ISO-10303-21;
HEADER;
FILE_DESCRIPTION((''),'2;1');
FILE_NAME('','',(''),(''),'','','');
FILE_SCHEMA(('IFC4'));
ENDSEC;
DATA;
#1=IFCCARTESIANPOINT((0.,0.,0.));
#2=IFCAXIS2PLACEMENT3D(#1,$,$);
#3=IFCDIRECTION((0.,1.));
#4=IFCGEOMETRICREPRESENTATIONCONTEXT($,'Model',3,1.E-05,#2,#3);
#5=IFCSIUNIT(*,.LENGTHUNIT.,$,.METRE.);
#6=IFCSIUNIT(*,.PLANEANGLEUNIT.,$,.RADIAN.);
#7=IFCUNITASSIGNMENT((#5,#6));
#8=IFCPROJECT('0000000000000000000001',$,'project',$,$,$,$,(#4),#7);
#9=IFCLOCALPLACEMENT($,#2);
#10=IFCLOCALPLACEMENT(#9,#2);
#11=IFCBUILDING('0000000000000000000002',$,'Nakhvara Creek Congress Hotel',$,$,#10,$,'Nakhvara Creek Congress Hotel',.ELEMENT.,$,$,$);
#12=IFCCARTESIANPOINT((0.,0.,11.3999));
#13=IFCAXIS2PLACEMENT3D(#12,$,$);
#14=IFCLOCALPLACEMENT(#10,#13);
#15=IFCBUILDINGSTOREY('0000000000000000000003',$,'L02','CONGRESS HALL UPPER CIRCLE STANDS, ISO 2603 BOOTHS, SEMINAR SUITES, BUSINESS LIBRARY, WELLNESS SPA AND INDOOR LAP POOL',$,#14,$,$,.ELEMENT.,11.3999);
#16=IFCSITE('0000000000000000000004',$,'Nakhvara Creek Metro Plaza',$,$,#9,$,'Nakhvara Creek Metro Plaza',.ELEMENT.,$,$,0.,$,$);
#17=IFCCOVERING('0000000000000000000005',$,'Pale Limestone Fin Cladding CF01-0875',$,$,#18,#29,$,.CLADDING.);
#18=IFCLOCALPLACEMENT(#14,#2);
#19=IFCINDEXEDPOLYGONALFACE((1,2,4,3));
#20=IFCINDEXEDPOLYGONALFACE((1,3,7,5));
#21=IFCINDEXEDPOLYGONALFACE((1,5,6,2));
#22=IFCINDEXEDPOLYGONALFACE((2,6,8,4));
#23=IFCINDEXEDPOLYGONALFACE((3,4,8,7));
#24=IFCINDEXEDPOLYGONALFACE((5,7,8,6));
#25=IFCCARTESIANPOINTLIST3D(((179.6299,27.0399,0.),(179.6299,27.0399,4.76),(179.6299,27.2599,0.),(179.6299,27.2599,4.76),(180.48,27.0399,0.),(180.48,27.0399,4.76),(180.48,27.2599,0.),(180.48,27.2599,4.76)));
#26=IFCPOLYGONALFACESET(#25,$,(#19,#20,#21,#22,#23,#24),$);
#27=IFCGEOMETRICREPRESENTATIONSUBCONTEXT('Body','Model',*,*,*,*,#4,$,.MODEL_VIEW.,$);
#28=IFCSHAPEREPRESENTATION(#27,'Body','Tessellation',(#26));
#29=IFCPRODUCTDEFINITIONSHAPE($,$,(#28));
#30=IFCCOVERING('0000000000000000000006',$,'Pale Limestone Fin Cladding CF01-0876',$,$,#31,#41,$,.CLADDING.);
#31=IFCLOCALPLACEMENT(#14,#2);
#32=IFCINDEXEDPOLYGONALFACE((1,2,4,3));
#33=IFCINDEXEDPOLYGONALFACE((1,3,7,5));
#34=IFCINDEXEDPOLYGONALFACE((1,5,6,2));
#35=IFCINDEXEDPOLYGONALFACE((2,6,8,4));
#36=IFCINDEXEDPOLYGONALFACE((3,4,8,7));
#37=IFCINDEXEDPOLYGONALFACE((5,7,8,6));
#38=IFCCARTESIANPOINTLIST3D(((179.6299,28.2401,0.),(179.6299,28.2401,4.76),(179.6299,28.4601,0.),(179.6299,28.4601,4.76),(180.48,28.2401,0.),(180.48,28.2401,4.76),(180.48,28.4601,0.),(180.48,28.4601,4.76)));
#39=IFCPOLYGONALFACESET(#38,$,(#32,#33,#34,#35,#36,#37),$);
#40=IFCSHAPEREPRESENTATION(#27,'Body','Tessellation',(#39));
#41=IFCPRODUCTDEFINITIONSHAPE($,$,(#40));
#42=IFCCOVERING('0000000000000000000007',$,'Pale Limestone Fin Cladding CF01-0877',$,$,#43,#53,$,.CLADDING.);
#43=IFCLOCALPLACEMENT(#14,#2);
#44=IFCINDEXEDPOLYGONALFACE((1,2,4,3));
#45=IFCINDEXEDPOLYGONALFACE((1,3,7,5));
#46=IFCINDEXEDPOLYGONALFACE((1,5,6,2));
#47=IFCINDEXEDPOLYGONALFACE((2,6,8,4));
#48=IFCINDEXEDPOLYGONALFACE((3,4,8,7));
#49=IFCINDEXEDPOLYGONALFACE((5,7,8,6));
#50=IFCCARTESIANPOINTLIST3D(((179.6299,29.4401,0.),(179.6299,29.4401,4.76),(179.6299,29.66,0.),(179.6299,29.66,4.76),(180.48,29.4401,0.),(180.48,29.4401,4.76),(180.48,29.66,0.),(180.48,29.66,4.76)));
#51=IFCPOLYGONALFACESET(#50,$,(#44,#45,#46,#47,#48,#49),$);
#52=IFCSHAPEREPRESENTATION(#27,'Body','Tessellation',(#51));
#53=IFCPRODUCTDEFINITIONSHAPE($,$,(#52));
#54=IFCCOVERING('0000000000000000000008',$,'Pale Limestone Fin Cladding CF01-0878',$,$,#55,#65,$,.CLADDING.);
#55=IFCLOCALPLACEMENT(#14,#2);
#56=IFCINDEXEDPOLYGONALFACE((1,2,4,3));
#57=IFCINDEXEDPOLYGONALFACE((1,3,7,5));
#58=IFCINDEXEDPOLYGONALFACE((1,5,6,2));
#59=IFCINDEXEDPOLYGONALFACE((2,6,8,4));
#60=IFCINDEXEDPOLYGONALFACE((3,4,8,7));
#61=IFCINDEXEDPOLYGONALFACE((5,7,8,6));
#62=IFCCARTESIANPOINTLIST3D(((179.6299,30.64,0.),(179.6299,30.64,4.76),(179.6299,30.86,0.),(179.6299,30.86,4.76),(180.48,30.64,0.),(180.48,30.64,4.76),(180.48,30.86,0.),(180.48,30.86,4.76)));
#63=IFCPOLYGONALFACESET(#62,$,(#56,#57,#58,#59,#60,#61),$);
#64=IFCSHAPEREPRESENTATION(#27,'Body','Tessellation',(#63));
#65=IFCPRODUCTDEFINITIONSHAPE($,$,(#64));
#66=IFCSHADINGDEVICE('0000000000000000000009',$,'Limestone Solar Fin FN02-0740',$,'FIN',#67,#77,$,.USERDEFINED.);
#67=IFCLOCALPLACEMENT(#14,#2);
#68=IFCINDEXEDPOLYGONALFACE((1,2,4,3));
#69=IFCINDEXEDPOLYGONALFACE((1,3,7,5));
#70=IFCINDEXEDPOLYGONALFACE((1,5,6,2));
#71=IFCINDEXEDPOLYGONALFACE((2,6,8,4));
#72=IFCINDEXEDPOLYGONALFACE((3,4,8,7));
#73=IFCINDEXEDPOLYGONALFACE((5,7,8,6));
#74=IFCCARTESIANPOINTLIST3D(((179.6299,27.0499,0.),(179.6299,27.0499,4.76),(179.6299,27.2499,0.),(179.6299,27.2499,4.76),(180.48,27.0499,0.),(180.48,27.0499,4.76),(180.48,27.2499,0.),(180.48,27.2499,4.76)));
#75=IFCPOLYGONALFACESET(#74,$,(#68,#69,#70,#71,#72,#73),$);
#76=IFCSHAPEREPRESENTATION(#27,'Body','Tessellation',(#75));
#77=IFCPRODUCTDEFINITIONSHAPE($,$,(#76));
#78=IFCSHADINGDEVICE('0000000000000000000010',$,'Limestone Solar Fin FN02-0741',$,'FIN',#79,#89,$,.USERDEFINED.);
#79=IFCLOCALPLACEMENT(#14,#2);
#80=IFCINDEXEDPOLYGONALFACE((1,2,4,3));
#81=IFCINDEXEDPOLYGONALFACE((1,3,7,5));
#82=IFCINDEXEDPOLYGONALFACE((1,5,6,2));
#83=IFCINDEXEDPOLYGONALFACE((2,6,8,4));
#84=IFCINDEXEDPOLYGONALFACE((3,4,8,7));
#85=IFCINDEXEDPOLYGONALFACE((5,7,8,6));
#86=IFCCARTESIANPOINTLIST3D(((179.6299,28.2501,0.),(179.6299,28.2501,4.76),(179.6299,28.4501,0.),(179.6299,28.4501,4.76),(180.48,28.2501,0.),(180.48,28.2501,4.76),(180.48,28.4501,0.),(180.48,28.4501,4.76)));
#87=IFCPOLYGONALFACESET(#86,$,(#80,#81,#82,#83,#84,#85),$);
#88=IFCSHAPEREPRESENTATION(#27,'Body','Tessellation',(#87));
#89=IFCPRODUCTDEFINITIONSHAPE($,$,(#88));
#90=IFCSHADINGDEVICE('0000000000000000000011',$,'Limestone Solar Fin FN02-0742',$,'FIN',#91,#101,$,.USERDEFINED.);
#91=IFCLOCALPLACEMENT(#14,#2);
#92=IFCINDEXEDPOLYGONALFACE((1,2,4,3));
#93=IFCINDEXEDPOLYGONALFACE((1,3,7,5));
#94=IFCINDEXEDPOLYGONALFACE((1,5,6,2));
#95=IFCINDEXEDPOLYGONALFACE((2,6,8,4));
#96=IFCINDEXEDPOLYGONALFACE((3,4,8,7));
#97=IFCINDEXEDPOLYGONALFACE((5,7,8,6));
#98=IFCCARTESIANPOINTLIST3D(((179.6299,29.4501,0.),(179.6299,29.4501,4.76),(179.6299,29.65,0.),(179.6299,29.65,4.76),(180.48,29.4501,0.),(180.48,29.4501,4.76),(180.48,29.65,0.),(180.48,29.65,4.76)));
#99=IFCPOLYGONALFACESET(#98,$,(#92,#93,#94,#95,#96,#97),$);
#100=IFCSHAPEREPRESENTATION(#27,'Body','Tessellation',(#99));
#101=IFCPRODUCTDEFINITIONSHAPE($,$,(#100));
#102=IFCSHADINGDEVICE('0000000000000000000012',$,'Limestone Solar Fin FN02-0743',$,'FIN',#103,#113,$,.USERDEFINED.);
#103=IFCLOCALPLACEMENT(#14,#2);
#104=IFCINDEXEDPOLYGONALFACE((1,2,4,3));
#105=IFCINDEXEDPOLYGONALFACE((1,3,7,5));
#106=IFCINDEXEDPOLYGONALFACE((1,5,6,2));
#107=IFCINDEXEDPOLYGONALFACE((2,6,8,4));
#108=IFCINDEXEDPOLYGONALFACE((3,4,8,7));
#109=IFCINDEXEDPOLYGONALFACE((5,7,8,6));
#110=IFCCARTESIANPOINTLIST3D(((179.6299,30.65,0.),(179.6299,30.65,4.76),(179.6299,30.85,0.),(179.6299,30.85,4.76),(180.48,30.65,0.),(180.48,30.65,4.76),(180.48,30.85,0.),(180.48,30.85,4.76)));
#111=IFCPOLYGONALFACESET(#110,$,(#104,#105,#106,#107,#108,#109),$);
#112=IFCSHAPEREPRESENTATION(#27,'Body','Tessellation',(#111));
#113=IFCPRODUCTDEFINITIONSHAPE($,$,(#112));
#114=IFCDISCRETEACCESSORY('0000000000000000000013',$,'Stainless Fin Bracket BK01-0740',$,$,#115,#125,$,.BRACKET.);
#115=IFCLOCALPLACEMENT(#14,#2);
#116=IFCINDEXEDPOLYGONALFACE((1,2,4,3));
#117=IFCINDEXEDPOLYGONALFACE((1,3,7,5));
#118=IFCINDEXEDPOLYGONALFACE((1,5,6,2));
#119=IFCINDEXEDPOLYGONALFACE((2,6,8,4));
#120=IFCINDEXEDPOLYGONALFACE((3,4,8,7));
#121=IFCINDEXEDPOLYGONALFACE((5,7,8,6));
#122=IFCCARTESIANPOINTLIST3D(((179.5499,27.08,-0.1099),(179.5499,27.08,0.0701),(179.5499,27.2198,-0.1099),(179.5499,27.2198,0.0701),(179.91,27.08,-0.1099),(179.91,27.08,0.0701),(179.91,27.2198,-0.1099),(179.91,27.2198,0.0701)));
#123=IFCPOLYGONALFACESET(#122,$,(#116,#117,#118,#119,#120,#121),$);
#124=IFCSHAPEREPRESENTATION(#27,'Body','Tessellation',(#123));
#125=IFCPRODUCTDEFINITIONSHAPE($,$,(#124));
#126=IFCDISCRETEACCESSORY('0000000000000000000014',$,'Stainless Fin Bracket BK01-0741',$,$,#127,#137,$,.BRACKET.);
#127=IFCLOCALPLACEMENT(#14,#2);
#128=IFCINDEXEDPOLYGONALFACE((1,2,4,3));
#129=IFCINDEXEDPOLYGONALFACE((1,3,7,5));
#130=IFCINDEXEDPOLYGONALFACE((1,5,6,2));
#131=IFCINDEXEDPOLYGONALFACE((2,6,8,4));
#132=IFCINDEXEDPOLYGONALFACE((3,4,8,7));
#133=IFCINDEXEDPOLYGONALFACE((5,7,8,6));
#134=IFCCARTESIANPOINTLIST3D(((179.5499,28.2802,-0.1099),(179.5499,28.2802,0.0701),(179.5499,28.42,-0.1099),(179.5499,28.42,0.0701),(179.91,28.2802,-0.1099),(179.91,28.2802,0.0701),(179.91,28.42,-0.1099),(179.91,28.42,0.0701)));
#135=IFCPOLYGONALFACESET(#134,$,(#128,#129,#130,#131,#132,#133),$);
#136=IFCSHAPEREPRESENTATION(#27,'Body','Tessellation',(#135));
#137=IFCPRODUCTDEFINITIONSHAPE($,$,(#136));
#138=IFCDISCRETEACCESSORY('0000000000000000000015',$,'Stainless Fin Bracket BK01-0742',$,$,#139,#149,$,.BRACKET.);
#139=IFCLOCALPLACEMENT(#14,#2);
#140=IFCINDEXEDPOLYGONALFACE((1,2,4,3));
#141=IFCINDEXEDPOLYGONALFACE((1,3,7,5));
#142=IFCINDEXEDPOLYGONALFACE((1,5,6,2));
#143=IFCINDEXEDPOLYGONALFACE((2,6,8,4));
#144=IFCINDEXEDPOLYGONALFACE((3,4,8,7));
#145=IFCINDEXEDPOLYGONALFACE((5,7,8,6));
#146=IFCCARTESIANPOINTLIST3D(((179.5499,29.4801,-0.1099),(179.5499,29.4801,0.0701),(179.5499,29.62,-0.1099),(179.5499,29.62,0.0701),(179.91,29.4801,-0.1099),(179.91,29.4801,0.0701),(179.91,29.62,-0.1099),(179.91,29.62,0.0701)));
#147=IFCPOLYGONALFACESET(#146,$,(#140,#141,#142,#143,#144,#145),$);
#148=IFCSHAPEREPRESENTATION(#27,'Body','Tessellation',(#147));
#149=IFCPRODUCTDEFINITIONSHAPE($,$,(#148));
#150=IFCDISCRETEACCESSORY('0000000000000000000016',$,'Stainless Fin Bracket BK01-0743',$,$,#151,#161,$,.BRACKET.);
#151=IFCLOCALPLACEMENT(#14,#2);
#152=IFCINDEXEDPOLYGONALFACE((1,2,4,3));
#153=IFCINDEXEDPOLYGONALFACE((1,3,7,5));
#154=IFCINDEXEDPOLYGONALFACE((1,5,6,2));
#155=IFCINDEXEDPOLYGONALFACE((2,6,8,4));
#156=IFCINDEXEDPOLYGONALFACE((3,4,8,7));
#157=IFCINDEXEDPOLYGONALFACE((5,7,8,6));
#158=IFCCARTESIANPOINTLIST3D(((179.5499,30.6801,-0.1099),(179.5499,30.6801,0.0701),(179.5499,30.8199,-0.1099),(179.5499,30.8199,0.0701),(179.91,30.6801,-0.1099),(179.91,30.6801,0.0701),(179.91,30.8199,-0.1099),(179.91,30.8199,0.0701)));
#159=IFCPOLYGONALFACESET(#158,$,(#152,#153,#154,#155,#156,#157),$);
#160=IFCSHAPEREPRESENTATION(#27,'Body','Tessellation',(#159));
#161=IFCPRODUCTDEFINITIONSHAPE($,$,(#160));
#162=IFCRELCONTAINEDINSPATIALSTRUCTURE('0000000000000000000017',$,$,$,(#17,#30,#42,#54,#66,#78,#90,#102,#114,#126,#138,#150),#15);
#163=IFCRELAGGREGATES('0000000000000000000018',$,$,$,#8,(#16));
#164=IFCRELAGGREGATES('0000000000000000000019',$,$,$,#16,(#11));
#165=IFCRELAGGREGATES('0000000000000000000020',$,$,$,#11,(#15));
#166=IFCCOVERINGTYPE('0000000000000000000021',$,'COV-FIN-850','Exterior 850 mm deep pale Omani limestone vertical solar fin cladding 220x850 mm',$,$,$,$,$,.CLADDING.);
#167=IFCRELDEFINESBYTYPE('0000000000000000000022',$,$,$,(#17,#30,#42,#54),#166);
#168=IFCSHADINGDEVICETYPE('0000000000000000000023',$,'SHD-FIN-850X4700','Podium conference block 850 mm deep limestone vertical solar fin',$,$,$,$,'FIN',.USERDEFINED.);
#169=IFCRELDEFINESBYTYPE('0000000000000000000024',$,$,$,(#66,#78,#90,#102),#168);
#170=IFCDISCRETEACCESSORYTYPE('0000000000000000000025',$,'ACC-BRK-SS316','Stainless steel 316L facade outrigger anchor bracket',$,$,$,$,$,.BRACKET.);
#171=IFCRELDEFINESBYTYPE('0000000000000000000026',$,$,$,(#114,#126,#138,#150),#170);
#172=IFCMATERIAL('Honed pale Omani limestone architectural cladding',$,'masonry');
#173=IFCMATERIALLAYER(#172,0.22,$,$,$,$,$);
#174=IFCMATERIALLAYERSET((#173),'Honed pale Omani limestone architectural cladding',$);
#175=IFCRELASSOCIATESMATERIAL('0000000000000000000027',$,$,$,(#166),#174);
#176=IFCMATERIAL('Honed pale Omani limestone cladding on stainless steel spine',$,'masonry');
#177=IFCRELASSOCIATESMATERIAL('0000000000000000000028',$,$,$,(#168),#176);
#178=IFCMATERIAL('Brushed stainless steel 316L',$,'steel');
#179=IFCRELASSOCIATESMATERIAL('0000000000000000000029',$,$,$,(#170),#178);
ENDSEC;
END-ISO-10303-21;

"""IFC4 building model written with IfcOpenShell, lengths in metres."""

from ifc_helpers import new_model, si_unit, direction, frame, origin, origin_2d, place, context, subcontext, project, spatial, rectangle, extrude, material, layer, layer_set, type_object, element, save


model = new_model("IFC4")

# Units and contexts
model_context = context("Model", 3, precision=1e-05, world=origin(), true_north=direction((0.0, 1.0)))
body_context = subcontext(model_context, "Body", "Model", "MODEL_VIEW")
ifc_project = project(units=[si_unit("LENGTHUNIT", "METRE"), si_unit("PLANEANGLEUNIT", "RADIAN")], contexts=[model_context])

# Site, building, storey
site_placement = place(None, origin())
site = spatial("IfcSite", under=ifc_project, at=site_placement, Name="Nakhvara Creek Metro Plaza", LongName="Nakhvara Creek Metro Plaza", CompositionType="ELEMENT", RefElevation=0.0)
building_placement = place(site_placement, origin())
building = spatial("IfcBuilding", under=site, at=building_placement, Name="Nakhvara Creek Congress Hotel", LongName="Nakhvara Creek Congress Hotel", CompositionType="ELEMENT")
storey_placement = place(building_placement, frame((0.0, 0.0, 11.3999)))
storey = spatial("IfcBuildingStorey", under=building, at=storey_placement, Name="L02", Description="CONGRESS HALL UPPER CIRCLE STANDS, ISO 2603 BOOTHS, SEMINAR SUITES, BUSINESS LIBRARY, WELLNESS SPA AND INDOOR LAP POOL", CompositionType="ELEMENT", Elevation=11.3999)

# Coverings
ifc_material_1 = material(Name="Honed pale Omani limestone architectural cladding", Category="masonry")
ifc_layer_1 = layer(ifc_material_1, 0.22)
ifc_layer_set_1 = layer_set([ifc_layer_1], Name="Honed pale Omani limestone architectural cladding")
covering_type = type_object("IfcCoveringType", Name="COV-FIN-850", Description="Exterior 850 mm deep pale Omani limestone vertical solar fin cladding 220x850 mm", PredefinedType="CLADDING", material=ifc_layer_set_1)
for number, where, z_axis, x_axis, name in (
    (1, (180.0549, 27.1499, 0.0), (0.0, 0.0, 1.0), (0.0, 1.0, 0.0), "Pale Limestone Fin Cladding CF01-0875"),
    (2, (180.0549, 28.3501, 0.0), (0.0, 0.0, 1.0), (0.0, 1.0, 0.0), "Pale Limestone Fin Cladding CF01-0876"),
    (3, (180.0549, 29.55, 0.0), (0.0, 0.0, 1.0), (0.0, 1.0, 0.0), "Pale Limestone Fin Cladding CF01-0877"),
    (4, (180.0549, 30.75, 0.0), (0.0, 0.0, 1.0), (0.0, 1.0, 0.0), "Pale Limestone Fin Cladding CF01-0878"),
):
    element("IfcCovering", number, at=place(storey_placement, frame(where, z_axis=z_axis, x_axis=x_axis)), inside=storey, type_object=covering_type, Name=name, PredefinedType="CLADDING", context=body_context, shape_type="SweptSolid", body=[
        extrude(rectangle(XDim=0.22, YDim=0.8501, at=origin_2d()), origin(), (0.0, 0.0, 1.0), 4.76),
    ])

# Shading devices
ifc_material_2 = material(Name="Honed pale Omani limestone cladding on stainless steel spine", Category="masonry")
shading_device_type = type_object("IfcShadingDeviceType", Name="SHD-FIN-850X4700", Description="Podium conference block 850 mm deep limestone vertical solar fin", ElementType="FIN", PredefinedType="USERDEFINED", material=ifc_material_2)
for number, where, z_axis, x_axis, name in (
    (5, (180.0549, 27.1499, 0.0), (0.0, 0.0, 1.0), (0.0, 1.0, 0.0), "Limestone Solar Fin FN02-0740"),
    (6, (180.0549, 28.3501, 0.0), (0.0, 0.0, 1.0), (0.0, 1.0, 0.0), "Limestone Solar Fin FN02-0741"),
    (7, (180.0549, 29.55, 0.0), (0.0, 0.0, 1.0), (0.0, 1.0, 0.0), "Limestone Solar Fin FN02-0742"),
    (8, (180.0549, 30.75, 0.0), (0.0, 0.0, 1.0), (0.0, 1.0, 0.0), "Limestone Solar Fin FN02-0743"),
):
    element("IfcShadingDevice", number, at=place(storey_placement, frame(where, z_axis=z_axis, x_axis=x_axis)), inside=storey, type_object=shading_device_type, Name=name, ObjectType="FIN", PredefinedType="USERDEFINED", context=body_context, shape_type="SweptSolid", body=[
        extrude(rectangle(XDim=0.2, YDim=0.8501, at=origin_2d()), origin(), (0.0, 0.0, 1.0), 4.76),
    ])

# Discrete accessories
ifc_material_3 = material(Name="Brushed stainless steel 316L", Category="steel")
discrete_accessory_type = type_object("IfcDiscreteAccessoryType", Name="ACC-BRK-SS316", Description="Stainless steel 316L facade outrigger anchor bracket", PredefinedType="BRACKET", material=ifc_material_3)
for number, where, z_axis, x_axis, name in (
    (9, (179.73, 27.1499, -0.1099), (0.0, 0.0, 1.0), (0.0, 1.0, 0.0), "Stainless Fin Bracket BK01-0740"),
    (10, (179.73, 28.3501, -0.1099), (0.0, 0.0, 1.0), (0.0, 1.0, 0.0), "Stainless Fin Bracket BK01-0741"),
    (11, (179.73, 29.55, -0.1099), (0.0, 0.0, 1.0), (0.0, 1.0, 0.0), "Stainless Fin Bracket BK01-0742"),
    (12, (179.73, 30.75, -0.1099), (0.0, 0.0, 1.0), (0.0, 1.0, 0.0), "Stainless Fin Bracket BK01-0743"),
):
    element("IfcDiscreteAccessory", number, at=place(storey_placement, frame(where, z_axis=z_axis, x_axis=x_axis)), inside=storey, type_object=discrete_accessory_type, Name=name, PredefinedType="BRACKET", context=body_context, shape_type="SweptSolid", body=[
        extrude(rectangle(XDim=0.1399, YDim=0.3601, at=origin_2d()), origin(), (0.0, 0.0, 1.0), 0.1799),
    ])

save(model, "model.ifc")
